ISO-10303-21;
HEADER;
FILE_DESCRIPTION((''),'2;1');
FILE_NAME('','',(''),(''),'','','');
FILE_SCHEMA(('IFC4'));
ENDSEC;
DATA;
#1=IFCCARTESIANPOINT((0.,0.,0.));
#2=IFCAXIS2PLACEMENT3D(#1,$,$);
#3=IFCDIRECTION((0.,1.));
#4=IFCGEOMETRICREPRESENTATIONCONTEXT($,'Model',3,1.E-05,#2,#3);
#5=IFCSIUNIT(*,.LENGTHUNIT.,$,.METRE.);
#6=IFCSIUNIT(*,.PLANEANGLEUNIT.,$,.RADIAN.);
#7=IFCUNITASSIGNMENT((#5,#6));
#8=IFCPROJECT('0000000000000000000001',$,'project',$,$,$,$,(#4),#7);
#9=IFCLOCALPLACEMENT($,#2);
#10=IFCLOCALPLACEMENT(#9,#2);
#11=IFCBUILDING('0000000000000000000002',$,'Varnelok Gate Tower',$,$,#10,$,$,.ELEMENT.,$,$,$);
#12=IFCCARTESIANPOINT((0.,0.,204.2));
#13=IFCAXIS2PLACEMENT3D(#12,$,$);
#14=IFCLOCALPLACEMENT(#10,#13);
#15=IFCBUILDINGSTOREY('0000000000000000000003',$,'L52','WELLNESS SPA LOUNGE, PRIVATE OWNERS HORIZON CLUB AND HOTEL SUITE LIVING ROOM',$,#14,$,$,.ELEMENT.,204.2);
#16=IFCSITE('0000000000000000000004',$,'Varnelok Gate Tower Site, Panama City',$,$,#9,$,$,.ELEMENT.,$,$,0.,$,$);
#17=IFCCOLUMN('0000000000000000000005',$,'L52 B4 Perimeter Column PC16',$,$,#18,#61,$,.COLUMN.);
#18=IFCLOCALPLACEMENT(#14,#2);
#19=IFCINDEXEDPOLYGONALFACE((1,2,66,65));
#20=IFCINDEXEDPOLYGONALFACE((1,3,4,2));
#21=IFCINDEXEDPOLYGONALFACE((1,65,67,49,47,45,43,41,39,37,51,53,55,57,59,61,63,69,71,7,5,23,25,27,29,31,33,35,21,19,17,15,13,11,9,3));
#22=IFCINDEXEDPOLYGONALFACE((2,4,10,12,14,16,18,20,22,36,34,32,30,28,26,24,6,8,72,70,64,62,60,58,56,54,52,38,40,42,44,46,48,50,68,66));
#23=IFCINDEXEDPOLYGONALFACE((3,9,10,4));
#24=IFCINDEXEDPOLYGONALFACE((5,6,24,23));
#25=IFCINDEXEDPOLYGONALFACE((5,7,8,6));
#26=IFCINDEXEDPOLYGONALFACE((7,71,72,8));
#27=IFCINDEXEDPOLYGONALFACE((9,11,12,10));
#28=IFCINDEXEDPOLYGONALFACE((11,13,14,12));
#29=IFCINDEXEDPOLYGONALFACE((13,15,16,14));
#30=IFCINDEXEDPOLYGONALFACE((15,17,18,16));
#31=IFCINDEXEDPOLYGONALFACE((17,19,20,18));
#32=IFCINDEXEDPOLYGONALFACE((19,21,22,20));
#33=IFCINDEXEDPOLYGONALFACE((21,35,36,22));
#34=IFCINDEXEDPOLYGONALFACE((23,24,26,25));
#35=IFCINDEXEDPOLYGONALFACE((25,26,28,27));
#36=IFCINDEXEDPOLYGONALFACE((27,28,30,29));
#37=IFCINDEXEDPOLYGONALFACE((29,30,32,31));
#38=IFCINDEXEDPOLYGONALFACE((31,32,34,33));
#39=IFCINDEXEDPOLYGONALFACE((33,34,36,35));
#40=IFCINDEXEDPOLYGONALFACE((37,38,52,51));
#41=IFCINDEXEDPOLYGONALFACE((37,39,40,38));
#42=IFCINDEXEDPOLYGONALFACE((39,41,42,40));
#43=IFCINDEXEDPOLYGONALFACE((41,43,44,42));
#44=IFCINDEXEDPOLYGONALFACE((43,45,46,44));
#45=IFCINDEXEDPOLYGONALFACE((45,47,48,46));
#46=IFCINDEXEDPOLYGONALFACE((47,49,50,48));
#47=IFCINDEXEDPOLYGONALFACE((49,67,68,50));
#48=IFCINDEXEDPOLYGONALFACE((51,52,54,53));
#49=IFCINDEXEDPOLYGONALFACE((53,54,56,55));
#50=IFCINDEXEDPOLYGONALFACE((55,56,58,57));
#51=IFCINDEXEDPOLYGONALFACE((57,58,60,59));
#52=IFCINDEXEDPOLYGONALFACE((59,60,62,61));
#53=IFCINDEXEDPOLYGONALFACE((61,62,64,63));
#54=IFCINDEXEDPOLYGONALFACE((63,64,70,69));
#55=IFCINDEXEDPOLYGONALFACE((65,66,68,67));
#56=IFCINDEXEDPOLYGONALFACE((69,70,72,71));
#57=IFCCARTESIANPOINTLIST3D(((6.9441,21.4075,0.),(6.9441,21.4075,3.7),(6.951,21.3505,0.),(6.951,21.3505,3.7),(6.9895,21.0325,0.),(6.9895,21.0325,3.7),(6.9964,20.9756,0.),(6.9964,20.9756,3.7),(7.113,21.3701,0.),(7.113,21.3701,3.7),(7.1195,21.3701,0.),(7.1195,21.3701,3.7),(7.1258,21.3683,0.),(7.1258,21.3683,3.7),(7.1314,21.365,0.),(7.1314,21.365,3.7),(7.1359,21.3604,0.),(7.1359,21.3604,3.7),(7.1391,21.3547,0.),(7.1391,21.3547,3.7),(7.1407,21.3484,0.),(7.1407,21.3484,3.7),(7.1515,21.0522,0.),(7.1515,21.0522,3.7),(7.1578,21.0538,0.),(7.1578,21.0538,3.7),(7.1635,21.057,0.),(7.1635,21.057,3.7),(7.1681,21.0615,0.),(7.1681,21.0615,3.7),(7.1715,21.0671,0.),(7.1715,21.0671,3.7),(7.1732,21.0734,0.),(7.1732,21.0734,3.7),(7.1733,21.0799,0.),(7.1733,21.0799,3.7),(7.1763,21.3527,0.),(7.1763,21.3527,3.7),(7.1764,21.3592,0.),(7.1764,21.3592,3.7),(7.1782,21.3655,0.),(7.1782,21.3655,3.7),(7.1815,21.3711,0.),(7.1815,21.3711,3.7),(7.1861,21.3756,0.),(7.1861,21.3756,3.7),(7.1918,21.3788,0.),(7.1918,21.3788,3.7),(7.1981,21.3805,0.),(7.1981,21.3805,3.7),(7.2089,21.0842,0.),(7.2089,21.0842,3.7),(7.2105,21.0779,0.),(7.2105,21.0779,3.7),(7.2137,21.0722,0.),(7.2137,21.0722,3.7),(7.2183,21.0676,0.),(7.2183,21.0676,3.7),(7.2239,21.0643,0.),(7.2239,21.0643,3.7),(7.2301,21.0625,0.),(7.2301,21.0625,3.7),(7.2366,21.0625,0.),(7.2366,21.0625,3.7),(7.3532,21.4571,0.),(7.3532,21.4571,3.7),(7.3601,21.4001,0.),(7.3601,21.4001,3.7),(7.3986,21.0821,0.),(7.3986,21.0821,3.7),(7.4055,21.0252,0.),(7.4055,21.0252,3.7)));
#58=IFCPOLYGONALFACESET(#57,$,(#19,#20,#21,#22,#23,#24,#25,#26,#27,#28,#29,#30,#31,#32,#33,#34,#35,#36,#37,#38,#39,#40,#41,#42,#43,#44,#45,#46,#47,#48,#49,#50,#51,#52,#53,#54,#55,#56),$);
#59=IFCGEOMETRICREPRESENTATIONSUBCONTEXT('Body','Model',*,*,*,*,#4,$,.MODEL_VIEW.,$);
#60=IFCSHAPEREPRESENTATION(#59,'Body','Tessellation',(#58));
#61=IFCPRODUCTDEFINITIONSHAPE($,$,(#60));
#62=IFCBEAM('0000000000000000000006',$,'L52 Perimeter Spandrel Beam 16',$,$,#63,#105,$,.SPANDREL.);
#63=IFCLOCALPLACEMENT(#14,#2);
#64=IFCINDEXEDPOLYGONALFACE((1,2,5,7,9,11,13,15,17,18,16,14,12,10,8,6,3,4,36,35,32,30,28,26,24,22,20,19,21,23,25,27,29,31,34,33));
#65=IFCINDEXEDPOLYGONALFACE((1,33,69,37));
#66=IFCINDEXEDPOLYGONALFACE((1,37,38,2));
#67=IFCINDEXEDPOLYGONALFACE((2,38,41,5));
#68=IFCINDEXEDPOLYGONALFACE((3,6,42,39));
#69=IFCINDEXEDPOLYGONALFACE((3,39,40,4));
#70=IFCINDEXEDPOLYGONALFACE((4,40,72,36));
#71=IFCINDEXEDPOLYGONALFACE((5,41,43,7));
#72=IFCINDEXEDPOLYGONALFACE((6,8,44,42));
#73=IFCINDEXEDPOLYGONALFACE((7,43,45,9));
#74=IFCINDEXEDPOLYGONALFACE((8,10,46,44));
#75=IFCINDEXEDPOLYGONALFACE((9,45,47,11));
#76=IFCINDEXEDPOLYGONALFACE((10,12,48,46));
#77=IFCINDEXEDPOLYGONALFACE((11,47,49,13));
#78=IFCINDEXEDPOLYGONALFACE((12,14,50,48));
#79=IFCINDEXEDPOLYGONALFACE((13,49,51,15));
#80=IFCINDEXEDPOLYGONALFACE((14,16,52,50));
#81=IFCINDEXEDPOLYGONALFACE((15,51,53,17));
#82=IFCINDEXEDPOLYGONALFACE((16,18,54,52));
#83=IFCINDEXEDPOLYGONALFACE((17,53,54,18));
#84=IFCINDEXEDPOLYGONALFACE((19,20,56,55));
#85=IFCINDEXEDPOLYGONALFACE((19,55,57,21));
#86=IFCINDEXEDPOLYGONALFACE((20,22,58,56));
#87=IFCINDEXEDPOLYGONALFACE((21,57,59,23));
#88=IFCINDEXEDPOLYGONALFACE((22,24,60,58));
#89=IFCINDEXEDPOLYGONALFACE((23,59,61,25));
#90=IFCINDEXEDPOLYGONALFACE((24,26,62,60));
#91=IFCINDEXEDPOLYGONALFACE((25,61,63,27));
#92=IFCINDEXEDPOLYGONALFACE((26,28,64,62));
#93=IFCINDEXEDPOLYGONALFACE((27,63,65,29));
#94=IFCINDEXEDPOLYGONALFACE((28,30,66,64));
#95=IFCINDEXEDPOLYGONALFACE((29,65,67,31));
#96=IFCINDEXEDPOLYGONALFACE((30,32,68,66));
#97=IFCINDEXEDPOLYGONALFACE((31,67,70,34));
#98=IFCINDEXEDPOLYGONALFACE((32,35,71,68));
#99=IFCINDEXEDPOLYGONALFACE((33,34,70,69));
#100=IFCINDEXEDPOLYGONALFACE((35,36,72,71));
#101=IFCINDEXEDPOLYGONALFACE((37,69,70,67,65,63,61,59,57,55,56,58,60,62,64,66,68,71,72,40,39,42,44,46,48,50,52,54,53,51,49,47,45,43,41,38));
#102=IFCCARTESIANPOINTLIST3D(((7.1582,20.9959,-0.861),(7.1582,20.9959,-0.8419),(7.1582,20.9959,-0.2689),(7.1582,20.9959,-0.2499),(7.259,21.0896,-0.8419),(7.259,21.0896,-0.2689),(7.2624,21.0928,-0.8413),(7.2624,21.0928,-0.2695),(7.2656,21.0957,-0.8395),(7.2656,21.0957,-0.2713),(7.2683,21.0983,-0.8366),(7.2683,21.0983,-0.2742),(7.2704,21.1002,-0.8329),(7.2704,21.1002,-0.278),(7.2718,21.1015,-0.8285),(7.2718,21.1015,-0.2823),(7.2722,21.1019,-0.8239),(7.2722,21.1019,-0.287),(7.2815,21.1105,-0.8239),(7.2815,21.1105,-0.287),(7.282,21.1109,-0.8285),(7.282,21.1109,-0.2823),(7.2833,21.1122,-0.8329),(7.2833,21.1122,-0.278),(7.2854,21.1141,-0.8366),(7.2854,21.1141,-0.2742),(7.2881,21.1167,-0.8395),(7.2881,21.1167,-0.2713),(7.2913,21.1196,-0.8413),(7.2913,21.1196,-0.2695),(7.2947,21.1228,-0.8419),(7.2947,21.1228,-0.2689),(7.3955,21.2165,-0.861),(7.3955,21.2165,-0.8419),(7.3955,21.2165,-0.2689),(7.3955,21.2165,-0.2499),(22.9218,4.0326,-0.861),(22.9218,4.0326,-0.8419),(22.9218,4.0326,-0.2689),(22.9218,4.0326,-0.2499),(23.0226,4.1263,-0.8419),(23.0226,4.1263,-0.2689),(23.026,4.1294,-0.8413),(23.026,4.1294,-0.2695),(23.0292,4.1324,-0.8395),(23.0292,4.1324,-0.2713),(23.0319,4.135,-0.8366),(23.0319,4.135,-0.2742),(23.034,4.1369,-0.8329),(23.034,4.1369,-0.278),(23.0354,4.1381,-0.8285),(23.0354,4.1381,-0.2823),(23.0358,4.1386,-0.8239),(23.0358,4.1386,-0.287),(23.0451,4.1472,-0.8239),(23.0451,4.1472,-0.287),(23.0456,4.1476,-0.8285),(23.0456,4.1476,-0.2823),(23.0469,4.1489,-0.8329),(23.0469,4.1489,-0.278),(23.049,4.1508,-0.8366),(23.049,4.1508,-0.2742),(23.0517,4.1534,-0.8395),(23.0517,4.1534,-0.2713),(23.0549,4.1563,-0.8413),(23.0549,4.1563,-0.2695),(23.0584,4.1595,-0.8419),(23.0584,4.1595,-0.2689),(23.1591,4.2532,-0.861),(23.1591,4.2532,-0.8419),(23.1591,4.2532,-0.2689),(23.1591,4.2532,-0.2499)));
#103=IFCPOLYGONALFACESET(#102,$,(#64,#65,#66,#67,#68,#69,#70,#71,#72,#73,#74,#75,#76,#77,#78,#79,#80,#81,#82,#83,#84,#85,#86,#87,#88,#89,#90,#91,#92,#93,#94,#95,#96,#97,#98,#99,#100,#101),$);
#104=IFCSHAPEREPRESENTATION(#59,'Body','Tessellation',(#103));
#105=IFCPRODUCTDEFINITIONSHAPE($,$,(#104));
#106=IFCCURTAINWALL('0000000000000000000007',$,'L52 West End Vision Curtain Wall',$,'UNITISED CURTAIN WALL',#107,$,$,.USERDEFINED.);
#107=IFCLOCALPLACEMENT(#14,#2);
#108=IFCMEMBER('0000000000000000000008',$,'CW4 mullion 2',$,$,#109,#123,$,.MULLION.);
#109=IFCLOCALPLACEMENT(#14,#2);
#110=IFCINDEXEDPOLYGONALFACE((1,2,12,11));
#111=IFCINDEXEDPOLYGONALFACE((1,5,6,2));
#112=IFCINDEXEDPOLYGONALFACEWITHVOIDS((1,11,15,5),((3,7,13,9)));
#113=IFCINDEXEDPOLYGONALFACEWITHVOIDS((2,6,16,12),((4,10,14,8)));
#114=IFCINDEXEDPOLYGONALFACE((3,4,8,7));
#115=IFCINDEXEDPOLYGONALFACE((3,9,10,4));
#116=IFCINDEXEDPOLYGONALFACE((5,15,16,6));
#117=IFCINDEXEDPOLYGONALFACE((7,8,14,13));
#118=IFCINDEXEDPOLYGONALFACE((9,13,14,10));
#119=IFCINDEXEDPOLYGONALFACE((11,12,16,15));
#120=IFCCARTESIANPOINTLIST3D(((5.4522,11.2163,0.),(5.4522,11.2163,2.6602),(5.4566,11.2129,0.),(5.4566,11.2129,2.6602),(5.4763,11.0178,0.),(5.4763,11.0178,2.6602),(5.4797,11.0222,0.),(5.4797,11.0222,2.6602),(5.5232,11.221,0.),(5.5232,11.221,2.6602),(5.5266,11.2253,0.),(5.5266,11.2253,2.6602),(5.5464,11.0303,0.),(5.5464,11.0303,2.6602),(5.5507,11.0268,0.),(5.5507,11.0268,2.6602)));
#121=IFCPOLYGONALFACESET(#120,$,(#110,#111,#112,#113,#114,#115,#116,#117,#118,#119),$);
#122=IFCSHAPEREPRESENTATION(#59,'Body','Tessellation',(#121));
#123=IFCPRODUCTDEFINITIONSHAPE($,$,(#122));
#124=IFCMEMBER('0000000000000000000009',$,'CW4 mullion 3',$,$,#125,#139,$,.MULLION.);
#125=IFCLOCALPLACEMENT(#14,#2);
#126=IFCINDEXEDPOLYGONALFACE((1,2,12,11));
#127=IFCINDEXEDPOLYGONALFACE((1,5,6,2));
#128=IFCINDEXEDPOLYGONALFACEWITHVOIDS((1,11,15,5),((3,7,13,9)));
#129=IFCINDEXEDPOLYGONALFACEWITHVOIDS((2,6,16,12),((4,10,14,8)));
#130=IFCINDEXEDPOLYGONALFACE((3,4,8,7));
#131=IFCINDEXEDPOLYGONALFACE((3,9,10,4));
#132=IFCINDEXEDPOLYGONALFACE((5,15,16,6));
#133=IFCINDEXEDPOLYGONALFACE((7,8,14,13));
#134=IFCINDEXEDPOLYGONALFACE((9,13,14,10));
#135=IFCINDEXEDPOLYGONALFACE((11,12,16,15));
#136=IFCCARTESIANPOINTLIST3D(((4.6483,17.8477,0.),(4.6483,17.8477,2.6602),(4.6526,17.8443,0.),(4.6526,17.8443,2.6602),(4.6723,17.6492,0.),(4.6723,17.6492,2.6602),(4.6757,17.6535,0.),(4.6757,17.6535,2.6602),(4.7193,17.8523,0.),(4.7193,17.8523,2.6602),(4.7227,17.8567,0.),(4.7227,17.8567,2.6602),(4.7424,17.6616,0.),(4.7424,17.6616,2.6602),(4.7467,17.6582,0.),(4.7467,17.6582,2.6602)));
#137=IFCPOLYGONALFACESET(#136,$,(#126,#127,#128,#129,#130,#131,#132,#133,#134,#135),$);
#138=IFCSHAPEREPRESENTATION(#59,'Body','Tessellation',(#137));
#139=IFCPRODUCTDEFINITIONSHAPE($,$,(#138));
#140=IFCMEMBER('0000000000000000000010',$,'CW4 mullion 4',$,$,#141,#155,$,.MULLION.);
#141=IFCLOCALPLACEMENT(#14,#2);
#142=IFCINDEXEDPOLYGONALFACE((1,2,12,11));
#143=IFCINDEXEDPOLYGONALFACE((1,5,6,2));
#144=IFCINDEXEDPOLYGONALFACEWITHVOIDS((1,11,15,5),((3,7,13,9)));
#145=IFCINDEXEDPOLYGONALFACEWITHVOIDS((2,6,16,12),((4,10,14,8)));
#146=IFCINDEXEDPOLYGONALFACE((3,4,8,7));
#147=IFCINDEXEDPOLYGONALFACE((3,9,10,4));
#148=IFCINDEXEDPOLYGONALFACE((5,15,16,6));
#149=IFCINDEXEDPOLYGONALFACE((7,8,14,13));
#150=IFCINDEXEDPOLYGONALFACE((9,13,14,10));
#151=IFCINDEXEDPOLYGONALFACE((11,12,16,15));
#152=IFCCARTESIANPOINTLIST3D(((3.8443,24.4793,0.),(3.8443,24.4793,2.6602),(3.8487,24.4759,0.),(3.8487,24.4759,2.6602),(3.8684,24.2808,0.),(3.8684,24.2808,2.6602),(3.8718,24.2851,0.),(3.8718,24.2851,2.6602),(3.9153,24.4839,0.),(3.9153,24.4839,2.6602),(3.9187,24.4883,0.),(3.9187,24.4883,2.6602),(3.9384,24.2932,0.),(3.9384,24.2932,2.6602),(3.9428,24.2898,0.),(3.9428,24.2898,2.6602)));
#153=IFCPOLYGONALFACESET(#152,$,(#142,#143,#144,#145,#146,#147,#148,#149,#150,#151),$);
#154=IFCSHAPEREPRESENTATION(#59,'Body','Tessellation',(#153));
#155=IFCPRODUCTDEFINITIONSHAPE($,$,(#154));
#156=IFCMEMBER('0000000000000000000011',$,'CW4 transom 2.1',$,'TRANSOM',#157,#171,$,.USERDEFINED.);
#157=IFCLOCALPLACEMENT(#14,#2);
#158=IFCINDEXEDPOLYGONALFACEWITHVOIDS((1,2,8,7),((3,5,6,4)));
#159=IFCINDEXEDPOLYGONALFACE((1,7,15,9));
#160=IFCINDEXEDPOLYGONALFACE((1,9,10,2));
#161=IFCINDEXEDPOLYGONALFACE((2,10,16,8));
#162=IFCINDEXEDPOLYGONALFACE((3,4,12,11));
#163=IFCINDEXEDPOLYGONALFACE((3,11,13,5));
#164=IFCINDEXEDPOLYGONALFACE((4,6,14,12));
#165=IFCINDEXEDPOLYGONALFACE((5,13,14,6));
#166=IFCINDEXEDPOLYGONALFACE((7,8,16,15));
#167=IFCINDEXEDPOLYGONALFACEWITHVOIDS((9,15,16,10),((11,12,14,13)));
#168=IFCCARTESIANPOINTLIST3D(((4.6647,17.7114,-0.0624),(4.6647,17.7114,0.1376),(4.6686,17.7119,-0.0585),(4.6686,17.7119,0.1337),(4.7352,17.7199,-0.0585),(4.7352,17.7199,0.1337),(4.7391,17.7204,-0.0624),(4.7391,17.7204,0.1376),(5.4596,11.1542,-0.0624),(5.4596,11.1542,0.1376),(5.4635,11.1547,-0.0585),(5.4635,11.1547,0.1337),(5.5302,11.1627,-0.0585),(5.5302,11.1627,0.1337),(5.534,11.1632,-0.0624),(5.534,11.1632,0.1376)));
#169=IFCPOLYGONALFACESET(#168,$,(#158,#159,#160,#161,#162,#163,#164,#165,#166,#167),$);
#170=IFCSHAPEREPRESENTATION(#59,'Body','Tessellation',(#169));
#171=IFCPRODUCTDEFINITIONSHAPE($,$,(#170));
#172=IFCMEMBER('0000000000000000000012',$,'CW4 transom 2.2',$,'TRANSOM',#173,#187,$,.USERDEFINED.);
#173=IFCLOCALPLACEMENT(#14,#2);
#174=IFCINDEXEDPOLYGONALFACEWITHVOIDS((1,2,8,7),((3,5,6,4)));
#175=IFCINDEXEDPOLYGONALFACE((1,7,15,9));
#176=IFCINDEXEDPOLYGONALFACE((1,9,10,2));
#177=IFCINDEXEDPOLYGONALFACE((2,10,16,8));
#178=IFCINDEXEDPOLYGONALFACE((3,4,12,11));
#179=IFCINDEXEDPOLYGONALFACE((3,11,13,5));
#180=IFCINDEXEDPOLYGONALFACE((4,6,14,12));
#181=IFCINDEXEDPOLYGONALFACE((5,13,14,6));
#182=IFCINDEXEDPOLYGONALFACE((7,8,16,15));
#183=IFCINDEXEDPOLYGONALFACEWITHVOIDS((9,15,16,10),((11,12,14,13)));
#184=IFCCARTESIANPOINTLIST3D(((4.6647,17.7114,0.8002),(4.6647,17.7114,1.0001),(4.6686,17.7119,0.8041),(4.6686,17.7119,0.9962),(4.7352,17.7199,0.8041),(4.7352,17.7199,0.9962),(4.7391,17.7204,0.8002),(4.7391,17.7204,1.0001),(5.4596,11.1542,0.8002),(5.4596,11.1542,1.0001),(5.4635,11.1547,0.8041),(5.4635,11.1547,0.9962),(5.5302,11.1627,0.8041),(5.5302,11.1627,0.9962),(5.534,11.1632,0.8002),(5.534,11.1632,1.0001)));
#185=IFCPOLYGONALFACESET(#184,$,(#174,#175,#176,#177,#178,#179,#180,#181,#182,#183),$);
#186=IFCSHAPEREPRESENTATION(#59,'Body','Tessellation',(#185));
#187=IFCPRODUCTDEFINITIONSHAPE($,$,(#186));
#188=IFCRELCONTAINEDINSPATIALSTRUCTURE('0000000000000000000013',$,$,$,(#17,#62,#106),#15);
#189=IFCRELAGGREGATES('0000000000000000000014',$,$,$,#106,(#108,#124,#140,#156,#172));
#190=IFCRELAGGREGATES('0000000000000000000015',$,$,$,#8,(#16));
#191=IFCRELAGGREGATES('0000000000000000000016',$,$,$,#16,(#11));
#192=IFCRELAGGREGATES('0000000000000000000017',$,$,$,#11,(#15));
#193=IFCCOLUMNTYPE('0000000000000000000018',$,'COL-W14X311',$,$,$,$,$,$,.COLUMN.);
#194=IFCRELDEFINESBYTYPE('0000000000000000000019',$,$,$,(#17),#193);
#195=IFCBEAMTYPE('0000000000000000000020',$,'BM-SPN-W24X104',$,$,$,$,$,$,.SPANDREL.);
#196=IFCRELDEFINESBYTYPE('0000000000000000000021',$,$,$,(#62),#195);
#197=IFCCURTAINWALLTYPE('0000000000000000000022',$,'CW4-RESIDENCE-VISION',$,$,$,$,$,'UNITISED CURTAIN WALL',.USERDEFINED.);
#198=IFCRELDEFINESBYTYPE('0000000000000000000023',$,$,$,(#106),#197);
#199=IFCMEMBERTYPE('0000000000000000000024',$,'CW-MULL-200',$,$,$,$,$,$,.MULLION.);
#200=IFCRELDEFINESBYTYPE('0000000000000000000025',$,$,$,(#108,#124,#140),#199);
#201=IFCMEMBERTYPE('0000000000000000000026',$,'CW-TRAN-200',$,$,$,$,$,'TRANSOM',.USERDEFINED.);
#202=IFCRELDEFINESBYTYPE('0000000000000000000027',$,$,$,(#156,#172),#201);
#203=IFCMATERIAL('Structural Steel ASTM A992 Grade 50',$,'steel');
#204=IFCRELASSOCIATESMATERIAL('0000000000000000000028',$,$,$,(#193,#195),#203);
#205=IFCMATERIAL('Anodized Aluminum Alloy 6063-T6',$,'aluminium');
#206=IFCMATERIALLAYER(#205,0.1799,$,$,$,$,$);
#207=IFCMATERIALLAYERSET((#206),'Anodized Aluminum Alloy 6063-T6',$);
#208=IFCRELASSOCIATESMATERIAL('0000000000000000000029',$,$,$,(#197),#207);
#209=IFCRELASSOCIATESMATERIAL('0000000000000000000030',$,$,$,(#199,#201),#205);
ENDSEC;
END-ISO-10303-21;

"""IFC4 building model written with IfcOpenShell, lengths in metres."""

from ifc_helpers import new_model, si_unit, direction, frame, origin, origin_2d, place, context, subcontext, project, spatial, hollow_rectangle, i_section, extrude, material, layer, layer_set, material_profile, profile_set, type_object, element, aggregate, save


model = new_model("IFC4")

# Units and contexts
model_context = context("Model", 3, precision=1e-05, world=origin(), true_north=direction((0.0, 1.0)))
body_context = subcontext(model_context, "Body", "Model", "MODEL_VIEW")
ifc_project = project(units=[si_unit("LENGTHUNIT", "METRE"), si_unit("PLANEANGLEUNIT", "RADIAN")], contexts=[model_context])

# Site, building, storey
site_placement = place(None, origin())
site = spatial("IfcSite", under=ifc_project, at=site_placement, Name="Varnelok Gate Tower Site, Panama City", CompositionType="ELEMENT", RefElevation=0.0)
building_placement = place(site_placement, origin())
building = spatial("IfcBuilding", under=site, at=building_placement, Name="Varnelok Gate Tower", CompositionType="ELEMENT")
storey_placement = place(building_placement, frame((0.0, 0.0, 204.2)))
storey = spatial("IfcBuildingStorey", under=building, at=storey_placement, Name="L52", Description="WELLNESS SPA LOUNGE, PRIVATE OWNERS HORIZON CLUB AND HOTEL SUITE LIVING ROOM", CompositionType="ELEMENT", Elevation=204.2)

# Column
ifc_material_1 = material(Name="Structural Steel ASTM A992 Grade 50", Category="steel")
ifc_material_profile_1 = material_profile(ifc_material_1, i_section(OverallWidth=0.4121, OverallDepth=0.4351, WebThickness=0.0359, FlangeThickness=0.0574, FilletRadius=0.0249, at=origin_2d()), Name="W14X311")
ifc_profile_set_1 = profile_set([ifc_material_profile_1], Name="Structural Steel ASTM A992 Grade 50")
column_type = type_object("IfcColumnType", Name="COL-W14X311", PredefinedType="COLUMN", material=ifc_profile_set_1)
column_placement = place(storey_placement, frame((7.1748, 21.2163, 0.0), z_axis=(0.0, 0.0, 1.0), x_axis=(0.992732, 0.120345, 0.0)))
element("IfcColumn", 1, at=column_placement, inside=storey, type_object=column_type, Name="L52 B4 Perimeter Column PC16", PredefinedType="COLUMN", context=body_context, shape_type="SweptSolid", body=[
    extrude(i_section(OverallWidth=0.4121, OverallDepth=0.4351, WebThickness=0.0359, FlangeThickness=0.0574, FilletRadius=0.0249, at=origin_2d()), origin(), (0.0, 0.0, 1.0), 3.7),
])

# Beam
ifc_material_profile_2 = material_profile(ifc_material_1, i_section(OverallWidth=0.324, OverallDepth=0.6111, WebThickness=0.0127, FlangeThickness=0.019, FilletRadius=0.0181, at=origin_2d()), Name="W24X104")
ifc_profile_set_2 = profile_set([ifc_material_profile_2], Name="Structural Steel ASTM A992 Grade 50")
beam_type = type_object("IfcBeamType", Name="BM-SPN-W24X104", PredefinedType="SPANDREL", material=ifc_profile_set_2)
beam_placement = place(storey_placement, frame((7.2769, 21.1062, -0.5554), z_axis=(0.680728, -0.732536, 0.0), x_axis=(0.732536, 0.680728, 0.0)))
element("IfcBeam", 2, at=beam_placement, inside=storey, type_object=beam_type, Name="L52 Perimeter Spandrel Beam 16", PredefinedType="SPANDREL", context=body_context, shape_type="SweptSolid", body=[
    extrude(i_section(OverallWidth=0.324, OverallDepth=0.6111, WebThickness=0.0127, FlangeThickness=0.019, FilletRadius=0.0181, at=origin_2d()), origin(), (0.0, 0.0, 1.0), 23.157),
])

# Curtain wall, members
ifc_material_2 = material(Name="Anodized Aluminum Alloy 6063-T6", Category="aluminium")
ifc_layer_1 = layer(ifc_material_2, 0.1799)
ifc_layer_set_1 = layer_set([ifc_layer_1], Name="Anodized Aluminum Alloy 6063-T6")
curtain_wall_type = type_object("IfcCurtainWallType", Name="CW4-RESIDENCE-VISION", ElementType="UNITISED CURTAIN WALL", PredefinedType="USERDEFINED", material=ifc_layer_set_1)
curtain_wall_placement = place(storey_placement, origin())
curtain_wall = element("IfcCurtainWall", 3, at=curtain_wall_placement, inside=storey, type_object=curtain_wall_type, Name="L52 West End Vision Curtain Wall", ObjectType="UNITISED CURTAIN WALL", PredefinedType="USERDEFINED")
ifc_material_profile_3 = material_profile(ifc_material_2, hollow_rectangle(XDim=0.075, YDim=0.2, WallThickness=0.0039, at=origin_2d()), Name="ALU200X75X4")
ifc_profile_set_3 = profile_set([ifc_material_profile_3], Name="Anodized Aluminum Alloy 6063-T6")
member_type_1 = type_object("IfcMemberType", Name="CW-MULL-200", PredefinedType="MULLION", material=ifc_profile_set_3)
member_1_placement = place(storey_placement, frame((5.5015, 11.1216, 0.0), z_axis=(0.0, 0.0, 1.0), x_axis=(-0.992732, -0.120345, 0.0)))
member_1 = element("IfcMember", 4, at=member_1_placement, type_object=member_type_1, Name="CW4 mullion 2", PredefinedType="MULLION", context=body_context, shape_type="SweptSolid", body=[
    extrude(hollow_rectangle(XDim=0.075, YDim=0.2, WallThickness=0.0039, at=origin_2d()), origin(), (0.0, 0.0, 1.0), 2.6602),
])
member_2_placement = place(storey_placement, frame((4.6975, 17.7529, 0.0), z_axis=(0.0, 0.0, 1.0), x_axis=(-0.992732, -0.120345, 0.0)))
member_2 = element("IfcMember", 5, at=member_2_placement, type_object=member_type_1, Name="CW4 mullion 3", PredefinedType="MULLION", context=body_context, shape_type="SweptSolid", body=[
    extrude(hollow_rectangle(XDim=0.075, YDim=0.2, WallThickness=0.0039, at=origin_2d()), origin(), (0.0, 0.0, 1.0), 2.6602),
])
member_3_placement = place(storey_placement, frame((3.8936, 24.3845, 0.0), z_axis=(0.0, 0.0, 1.0), x_axis=(-0.992732, -0.120345, 0.0)))
member_3 = element("IfcMember", 6, at=member_3_placement, type_object=member_type_1, Name="CW4 mullion 4", PredefinedType="MULLION", context=body_context, shape_type="SweptSolid", body=[
    extrude(hollow_rectangle(XDim=0.075, YDim=0.2, WallThickness=0.0039, at=origin_2d()), origin(), (0.0, 0.0, 1.0), 2.6602),
])
ifc_material_profile_4 = material_profile(ifc_material_2, hollow_rectangle(XDim=0.075, YDim=0.2, WallThickness=0.0039, at=origin_2d()), Name="ALU200X75X4")
ifc_profile_set_4 = profile_set([ifc_material_profile_4], Name="Anodized Aluminum Alloy 6063-T6")
member_type_2 = type_object("IfcMemberType", Name="CW-TRAN-200", ElementType="TRANSOM", PredefinedType="USERDEFINED", material=ifc_profile_set_4)
member_4_placement = place(storey_placement, frame((5.4968, 11.1587, 0.0376), z_axis=(-0.120349, 0.992732, 0.0), x_axis=(-0.992732, -0.120349, 0.0)))
member_4 = element("IfcMember", 7, at=member_4_placement, type_object=member_type_2, Name="CW4 transom 2.1", ObjectType="TRANSOM", PredefinedType="USERDEFINED", context=body_context, shape_type="SweptSolid", body=[
    extrude(hollow_rectangle(XDim=0.075, YDim=0.2, WallThickness=0.0039, at=origin_2d()), origin(), (0.0, 0.0, 1.0), 6.6052),
])
member_5_placement = place(storey_placement, frame((5.4968, 11.1587, 0.9001), z_axis=(-0.120349, 0.992732, 0.0), x_axis=(-0.992732, -0.120349, 0.0)))
member_5 = element("IfcMember", 8, at=member_5_placement, type_object=member_type_2, Name="CW4 transom 2.2", ObjectType="TRANSOM", PredefinedType="USERDEFINED", context=body_context, shape_type="SweptSolid", body=[
    extrude(hollow_rectangle(XDim=0.075, YDim=0.2, WallThickness=0.0039, at=origin_2d()), origin(), (0.0, 0.0, 1.0), 6.6052),
])
aggregate(curtain_wall, [member_1, member_2, member_3, member_4, member_5])

save(model, "model.ifc")
